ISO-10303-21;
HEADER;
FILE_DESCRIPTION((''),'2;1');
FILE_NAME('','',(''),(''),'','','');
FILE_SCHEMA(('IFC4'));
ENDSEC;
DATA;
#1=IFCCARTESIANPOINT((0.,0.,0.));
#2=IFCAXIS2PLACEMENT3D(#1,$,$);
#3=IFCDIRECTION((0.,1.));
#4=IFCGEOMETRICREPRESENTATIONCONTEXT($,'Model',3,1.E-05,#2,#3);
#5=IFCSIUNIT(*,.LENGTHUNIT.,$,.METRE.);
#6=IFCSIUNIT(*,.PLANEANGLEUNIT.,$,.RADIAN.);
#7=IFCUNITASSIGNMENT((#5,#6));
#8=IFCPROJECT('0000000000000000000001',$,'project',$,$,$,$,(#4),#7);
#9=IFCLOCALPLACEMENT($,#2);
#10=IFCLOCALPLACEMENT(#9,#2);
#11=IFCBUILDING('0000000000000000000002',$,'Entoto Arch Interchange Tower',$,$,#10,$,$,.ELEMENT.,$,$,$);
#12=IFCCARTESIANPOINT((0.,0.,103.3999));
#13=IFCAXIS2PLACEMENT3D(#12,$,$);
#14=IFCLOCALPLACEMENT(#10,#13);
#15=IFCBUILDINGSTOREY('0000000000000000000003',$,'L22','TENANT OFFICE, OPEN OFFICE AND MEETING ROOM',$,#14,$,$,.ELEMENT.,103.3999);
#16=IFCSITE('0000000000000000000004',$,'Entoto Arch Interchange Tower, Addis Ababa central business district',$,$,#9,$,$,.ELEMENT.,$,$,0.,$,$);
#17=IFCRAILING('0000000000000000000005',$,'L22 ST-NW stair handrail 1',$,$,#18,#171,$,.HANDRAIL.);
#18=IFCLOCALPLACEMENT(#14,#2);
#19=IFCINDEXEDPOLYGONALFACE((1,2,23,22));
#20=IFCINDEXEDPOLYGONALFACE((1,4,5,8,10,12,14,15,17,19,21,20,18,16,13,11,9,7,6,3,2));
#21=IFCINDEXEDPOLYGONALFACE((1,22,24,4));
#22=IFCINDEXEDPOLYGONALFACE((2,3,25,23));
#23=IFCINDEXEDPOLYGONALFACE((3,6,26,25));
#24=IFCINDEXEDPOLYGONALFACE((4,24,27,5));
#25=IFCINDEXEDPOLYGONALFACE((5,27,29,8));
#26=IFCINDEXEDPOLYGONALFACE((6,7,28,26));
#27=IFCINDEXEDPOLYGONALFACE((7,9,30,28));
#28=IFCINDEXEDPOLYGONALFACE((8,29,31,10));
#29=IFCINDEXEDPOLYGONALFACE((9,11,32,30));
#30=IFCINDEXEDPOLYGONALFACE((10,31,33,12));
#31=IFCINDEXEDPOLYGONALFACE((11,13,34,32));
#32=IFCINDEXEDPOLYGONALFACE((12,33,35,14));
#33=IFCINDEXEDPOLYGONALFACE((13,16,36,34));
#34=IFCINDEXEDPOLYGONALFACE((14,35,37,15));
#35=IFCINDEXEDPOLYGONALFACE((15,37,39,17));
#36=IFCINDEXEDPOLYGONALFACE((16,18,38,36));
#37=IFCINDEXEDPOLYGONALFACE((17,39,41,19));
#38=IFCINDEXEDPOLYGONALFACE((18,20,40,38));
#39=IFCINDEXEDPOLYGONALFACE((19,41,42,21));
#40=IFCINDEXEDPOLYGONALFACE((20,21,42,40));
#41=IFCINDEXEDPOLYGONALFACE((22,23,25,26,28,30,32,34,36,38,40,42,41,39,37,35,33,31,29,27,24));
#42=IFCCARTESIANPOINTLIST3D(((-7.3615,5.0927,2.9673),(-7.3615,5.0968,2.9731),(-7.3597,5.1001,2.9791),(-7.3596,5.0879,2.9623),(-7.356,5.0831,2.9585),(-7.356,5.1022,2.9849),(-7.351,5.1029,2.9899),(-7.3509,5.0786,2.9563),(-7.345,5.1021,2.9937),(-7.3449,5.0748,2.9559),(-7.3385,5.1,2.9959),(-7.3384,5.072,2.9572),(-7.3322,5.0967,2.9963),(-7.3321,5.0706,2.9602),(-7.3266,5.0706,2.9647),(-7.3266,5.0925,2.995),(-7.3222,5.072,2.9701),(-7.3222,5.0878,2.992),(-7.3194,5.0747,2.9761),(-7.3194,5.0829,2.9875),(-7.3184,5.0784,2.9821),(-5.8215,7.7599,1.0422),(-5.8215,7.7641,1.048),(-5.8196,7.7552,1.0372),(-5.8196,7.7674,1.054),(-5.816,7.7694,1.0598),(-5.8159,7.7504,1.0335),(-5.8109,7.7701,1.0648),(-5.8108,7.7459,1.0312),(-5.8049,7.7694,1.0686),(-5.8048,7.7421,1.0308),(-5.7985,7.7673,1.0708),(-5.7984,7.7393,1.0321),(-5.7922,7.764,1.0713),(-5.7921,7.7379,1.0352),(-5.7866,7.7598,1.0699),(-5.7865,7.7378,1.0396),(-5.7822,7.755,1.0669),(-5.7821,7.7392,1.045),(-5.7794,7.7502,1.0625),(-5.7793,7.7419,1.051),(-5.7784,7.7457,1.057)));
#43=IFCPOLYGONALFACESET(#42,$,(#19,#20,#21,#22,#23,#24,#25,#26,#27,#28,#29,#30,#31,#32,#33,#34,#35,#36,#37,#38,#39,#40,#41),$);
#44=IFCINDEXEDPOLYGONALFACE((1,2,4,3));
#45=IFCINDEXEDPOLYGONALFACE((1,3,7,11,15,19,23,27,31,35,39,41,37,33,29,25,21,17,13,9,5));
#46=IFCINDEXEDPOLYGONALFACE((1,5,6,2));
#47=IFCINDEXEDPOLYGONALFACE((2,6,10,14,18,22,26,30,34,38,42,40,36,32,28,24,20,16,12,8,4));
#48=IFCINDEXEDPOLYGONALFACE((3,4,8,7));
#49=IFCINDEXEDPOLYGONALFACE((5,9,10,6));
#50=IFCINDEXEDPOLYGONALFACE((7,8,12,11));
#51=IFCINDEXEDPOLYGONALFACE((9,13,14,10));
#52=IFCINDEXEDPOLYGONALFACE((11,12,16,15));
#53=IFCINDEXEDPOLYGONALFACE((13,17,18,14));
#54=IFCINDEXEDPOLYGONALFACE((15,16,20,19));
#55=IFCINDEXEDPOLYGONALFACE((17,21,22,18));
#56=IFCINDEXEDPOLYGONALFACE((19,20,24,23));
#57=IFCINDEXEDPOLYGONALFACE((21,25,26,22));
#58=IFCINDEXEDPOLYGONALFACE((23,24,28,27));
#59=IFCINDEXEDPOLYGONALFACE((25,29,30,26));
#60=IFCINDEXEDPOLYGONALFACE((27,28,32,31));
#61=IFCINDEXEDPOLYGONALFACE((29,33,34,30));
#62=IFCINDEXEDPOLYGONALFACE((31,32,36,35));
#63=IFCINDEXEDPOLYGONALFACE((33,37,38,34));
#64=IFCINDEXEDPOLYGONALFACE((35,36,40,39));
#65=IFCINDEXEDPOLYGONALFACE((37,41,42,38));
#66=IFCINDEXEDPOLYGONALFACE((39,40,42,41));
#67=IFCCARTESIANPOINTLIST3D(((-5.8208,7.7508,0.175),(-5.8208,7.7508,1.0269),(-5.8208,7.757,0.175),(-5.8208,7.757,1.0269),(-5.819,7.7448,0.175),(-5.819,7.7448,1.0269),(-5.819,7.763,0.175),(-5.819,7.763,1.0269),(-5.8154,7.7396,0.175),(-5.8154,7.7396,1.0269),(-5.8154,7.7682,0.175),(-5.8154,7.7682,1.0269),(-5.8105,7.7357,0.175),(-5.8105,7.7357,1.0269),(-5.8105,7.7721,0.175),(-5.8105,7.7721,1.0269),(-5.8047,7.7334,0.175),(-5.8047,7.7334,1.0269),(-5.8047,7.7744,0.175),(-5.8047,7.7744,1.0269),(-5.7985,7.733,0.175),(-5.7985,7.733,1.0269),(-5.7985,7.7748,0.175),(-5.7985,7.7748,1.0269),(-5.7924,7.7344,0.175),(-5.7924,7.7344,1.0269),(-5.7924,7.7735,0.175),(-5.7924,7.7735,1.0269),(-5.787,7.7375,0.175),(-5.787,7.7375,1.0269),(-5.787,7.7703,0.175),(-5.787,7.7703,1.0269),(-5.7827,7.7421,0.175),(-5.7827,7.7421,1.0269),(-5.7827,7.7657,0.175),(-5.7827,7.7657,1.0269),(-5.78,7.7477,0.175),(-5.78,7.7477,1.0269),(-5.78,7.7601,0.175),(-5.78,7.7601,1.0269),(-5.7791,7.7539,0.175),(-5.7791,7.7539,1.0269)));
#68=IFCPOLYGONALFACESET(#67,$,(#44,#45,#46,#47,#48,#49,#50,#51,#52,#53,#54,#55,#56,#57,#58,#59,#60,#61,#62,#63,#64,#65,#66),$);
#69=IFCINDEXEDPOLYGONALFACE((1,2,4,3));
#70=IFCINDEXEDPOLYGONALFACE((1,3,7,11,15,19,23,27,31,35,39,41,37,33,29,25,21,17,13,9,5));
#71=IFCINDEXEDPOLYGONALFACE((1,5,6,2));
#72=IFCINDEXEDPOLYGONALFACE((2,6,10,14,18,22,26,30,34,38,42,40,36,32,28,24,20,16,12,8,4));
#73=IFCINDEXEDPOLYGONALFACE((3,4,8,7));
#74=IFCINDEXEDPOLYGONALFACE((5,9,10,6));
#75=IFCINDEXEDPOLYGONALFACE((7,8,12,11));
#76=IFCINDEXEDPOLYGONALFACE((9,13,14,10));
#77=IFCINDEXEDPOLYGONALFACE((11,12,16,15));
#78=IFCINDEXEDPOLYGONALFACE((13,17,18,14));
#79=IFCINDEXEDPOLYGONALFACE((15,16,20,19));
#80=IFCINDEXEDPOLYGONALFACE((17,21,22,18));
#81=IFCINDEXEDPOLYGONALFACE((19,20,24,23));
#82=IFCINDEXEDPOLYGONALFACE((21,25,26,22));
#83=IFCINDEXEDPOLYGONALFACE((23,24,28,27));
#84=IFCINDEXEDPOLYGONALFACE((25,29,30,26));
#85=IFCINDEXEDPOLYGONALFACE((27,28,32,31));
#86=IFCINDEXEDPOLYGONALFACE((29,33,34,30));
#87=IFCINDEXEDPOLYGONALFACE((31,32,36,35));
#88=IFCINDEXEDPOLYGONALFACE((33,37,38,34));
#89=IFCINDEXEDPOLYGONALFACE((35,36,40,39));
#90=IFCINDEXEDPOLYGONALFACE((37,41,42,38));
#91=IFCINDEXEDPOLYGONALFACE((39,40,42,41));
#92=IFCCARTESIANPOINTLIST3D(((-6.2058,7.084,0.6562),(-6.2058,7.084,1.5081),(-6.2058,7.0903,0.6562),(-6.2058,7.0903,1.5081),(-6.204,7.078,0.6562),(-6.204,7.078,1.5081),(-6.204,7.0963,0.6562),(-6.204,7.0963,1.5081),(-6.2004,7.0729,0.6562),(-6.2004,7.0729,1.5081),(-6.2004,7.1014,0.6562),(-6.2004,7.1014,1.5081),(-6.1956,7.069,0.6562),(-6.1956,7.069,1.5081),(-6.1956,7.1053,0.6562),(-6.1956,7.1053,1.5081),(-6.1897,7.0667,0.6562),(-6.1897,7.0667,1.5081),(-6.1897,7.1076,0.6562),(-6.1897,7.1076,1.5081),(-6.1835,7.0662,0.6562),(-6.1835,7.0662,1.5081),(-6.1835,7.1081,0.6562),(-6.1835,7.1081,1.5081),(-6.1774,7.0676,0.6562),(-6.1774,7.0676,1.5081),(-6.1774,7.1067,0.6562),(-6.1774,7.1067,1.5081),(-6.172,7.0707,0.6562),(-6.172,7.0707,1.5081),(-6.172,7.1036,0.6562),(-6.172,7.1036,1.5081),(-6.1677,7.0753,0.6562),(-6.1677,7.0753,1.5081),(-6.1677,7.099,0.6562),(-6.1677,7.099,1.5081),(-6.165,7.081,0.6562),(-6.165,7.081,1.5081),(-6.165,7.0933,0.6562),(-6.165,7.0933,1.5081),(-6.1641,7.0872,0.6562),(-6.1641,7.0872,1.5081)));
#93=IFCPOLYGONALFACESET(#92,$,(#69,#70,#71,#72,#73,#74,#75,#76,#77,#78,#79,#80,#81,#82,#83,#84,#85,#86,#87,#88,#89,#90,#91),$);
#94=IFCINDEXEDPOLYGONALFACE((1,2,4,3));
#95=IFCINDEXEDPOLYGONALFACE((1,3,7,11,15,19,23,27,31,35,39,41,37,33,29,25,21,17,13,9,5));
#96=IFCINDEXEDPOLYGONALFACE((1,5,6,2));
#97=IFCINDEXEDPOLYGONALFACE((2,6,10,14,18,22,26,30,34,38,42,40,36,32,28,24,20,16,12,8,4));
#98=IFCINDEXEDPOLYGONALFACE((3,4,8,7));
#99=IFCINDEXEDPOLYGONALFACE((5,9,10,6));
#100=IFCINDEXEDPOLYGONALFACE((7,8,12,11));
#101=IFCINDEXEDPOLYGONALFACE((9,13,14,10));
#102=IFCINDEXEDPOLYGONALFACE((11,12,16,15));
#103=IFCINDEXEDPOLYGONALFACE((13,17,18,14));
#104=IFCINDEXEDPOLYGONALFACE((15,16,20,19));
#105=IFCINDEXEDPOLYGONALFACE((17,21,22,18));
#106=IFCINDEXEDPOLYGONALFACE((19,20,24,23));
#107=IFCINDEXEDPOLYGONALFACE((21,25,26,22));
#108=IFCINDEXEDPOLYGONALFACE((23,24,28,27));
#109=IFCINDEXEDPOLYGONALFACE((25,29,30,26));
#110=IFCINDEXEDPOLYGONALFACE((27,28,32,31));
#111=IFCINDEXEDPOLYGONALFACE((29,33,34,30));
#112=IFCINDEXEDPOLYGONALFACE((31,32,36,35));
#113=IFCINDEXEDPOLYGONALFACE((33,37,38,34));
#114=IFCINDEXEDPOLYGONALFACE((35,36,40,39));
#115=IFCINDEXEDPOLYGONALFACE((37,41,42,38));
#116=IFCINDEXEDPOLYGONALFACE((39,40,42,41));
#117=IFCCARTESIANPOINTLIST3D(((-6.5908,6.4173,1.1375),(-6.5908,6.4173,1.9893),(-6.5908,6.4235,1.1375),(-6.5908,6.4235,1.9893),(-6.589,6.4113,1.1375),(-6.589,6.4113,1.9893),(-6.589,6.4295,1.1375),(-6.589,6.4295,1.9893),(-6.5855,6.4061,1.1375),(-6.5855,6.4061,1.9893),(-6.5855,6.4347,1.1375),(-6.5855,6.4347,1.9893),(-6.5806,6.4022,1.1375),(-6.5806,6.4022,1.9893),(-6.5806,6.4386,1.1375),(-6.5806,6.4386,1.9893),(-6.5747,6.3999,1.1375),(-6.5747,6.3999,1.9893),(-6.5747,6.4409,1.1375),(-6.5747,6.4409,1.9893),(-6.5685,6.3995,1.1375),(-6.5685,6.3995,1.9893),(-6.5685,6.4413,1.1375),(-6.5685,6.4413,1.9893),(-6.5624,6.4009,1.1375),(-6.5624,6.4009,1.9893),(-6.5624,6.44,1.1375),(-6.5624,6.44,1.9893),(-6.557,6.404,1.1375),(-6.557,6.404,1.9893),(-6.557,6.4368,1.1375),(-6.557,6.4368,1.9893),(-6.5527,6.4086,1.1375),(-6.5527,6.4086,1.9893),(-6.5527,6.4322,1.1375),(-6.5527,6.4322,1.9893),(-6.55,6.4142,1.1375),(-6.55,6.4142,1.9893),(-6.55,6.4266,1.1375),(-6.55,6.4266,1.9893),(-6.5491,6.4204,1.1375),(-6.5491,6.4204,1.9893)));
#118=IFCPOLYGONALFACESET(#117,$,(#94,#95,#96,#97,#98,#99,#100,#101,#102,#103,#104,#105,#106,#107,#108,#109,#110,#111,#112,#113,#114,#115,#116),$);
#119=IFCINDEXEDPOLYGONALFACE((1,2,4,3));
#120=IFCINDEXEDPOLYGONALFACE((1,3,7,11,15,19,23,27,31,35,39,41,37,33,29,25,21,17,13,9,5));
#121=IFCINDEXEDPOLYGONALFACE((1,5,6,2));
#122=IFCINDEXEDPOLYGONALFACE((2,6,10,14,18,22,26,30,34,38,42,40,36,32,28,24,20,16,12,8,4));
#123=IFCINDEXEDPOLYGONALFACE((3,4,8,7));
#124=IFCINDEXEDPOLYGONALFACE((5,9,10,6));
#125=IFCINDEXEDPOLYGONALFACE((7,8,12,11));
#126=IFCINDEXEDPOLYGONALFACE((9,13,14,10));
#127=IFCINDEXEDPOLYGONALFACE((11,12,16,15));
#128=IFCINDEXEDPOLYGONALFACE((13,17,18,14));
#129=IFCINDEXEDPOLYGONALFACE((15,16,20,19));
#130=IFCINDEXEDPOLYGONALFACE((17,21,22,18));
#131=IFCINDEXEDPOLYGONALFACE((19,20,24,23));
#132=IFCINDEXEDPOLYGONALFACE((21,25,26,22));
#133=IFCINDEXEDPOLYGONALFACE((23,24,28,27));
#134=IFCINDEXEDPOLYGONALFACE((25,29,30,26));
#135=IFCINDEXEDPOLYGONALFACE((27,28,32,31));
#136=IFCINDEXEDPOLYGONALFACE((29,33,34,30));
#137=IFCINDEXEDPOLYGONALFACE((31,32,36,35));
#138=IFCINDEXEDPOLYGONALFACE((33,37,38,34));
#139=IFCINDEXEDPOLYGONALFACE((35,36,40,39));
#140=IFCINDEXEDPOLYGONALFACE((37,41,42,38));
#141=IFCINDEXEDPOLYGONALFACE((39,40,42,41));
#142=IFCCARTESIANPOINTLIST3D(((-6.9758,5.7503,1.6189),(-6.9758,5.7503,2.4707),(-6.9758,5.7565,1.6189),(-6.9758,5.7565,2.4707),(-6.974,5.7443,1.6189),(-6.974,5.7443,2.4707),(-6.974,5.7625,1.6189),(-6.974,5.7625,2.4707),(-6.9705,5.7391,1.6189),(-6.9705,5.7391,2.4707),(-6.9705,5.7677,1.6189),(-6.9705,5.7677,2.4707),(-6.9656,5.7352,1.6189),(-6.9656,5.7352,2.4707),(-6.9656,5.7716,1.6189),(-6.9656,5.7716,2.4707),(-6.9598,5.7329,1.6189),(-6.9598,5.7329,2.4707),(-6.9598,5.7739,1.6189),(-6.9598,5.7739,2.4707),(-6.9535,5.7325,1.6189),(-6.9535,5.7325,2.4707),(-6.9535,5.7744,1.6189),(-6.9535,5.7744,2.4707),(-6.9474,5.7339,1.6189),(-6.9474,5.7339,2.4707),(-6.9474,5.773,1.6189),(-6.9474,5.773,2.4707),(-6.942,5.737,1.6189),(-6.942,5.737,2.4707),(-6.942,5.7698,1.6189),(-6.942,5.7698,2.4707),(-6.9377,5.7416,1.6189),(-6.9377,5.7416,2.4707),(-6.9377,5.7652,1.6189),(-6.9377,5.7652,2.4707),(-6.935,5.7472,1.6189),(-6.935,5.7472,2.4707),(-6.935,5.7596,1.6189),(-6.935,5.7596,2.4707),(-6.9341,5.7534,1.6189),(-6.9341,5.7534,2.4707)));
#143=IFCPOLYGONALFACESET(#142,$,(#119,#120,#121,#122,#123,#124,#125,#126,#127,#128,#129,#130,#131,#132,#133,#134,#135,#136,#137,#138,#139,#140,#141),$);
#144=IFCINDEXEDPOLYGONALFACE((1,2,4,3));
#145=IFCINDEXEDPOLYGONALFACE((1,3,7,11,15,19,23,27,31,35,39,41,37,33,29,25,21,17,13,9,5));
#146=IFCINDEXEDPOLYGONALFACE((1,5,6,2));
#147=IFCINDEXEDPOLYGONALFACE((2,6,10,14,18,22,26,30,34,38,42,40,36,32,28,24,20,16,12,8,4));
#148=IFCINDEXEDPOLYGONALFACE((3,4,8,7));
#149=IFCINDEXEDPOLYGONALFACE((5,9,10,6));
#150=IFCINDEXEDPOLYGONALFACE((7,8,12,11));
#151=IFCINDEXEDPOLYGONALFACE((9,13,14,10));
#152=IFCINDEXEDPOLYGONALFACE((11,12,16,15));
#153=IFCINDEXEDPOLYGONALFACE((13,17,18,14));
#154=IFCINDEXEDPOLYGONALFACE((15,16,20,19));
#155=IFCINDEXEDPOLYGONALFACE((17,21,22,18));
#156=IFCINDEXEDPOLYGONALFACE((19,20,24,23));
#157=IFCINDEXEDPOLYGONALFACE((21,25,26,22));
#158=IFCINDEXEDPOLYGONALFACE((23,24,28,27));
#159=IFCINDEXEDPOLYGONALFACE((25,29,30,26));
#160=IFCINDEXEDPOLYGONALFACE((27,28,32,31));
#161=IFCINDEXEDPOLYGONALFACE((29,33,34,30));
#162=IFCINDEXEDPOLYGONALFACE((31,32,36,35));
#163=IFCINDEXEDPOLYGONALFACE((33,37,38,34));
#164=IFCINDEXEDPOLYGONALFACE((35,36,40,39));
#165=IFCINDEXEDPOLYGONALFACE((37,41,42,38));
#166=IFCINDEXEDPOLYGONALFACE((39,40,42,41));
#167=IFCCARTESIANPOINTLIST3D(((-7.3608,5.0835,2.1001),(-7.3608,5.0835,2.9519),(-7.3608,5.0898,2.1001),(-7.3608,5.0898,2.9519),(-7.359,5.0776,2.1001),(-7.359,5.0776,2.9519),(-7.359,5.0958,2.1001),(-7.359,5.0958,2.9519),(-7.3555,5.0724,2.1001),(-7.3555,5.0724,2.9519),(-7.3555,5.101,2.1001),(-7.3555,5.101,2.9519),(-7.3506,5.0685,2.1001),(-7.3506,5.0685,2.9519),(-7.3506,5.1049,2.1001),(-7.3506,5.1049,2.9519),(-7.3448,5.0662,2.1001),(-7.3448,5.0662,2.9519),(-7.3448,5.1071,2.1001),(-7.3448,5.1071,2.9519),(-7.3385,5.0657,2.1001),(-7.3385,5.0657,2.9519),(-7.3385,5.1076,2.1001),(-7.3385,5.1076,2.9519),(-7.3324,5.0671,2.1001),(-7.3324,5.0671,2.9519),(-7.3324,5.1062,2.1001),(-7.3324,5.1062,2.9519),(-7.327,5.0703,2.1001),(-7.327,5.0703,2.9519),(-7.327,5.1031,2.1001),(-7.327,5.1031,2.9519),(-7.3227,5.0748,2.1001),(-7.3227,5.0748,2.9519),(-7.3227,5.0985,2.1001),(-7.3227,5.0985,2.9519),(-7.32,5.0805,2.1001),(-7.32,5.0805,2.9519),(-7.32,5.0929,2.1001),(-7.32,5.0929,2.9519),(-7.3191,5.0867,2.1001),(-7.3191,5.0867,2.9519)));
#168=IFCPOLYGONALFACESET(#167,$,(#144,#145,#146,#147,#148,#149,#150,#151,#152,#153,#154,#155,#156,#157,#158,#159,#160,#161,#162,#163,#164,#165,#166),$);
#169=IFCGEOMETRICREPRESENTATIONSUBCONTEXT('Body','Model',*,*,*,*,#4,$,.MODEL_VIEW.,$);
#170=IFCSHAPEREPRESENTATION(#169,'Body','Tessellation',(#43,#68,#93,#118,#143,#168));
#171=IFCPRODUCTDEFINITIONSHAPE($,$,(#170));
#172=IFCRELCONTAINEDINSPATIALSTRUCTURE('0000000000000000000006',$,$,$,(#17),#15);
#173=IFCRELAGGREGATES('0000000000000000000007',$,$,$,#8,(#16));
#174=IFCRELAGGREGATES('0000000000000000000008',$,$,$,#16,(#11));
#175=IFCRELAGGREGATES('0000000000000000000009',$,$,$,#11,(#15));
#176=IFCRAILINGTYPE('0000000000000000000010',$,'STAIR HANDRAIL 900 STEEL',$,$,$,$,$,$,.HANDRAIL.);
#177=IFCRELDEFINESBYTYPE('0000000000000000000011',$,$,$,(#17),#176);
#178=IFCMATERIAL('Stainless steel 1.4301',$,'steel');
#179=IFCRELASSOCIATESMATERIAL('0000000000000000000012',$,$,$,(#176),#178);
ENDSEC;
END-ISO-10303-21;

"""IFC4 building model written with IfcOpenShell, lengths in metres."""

from ifc_helpers import new_model, si_unit, direction, frame, origin, origin_2d, place, context, subcontext, project, spatial, circle, extrude, material, type_object, element, save


model = new_model("IFC4")

# Units and contexts
model_context = context("Model", 3, precision=1e-05, world=origin(), true_north=direction((0.0, 1.0)))
body_context = subcontext(model_context, "Body", "Model", "MODEL_VIEW")
ifc_project = project(units=[si_unit("LENGTHUNIT", "METRE"), si_unit("PLANEANGLEUNIT", "RADIAN")], contexts=[model_context])

# Site, building, storey
site_placement = place(None, origin())
site = spatial("IfcSite", under=ifc_project, at=site_placement, Name="Entoto Arch Interchange Tower, Addis Ababa central business district", CompositionType="ELEMENT", RefElevation=0.0)
building_placement = place(site_placement, origin())
building = spatial("IfcBuilding", under=site, at=building_placement, Name="Entoto Arch Interchange Tower", CompositionType="ELEMENT")
storey_placement = place(building_placement, frame((0.0, 0.0, 103.3999)))
storey = spatial("IfcBuildingStorey", under=building, at=storey_placement, Name="L22", Description="TENANT OFFICE, OPEN OFFICE AND MEETING ROOM", CompositionType="ELEMENT", Elevation=103.3999)

# Railing
ifc_material_1 = material(Name="Stainless steel 1.4301", Category="steel")
railing_type = type_object("IfcRailingType", Name="STAIR HANDRAIL 900 STEEL", PredefinedType="HANDRAIL", material=ifc_material_1)
railing_placement = place(storey_placement, frame((-5.8, 7.7539, 0.175)))
element("IfcRailing", 1, at=railing_placement, inside=storey, type_object=railing_type, Name="L22 ST-NW stair handrail 1", PredefinedType="HANDRAIL", context=body_context, shape_type="SweptSolid", body=[
    extrude(circle(Radius=0.0239, at=origin_2d()), frame((0.0, 0.0, 0.876), z_axis=(-0.424015, -0.734364, 0.530019), x_axis=(0.86601, -0.500027, 0.0)), (0.0, 0.0, 1.0), 3.6321),
    extrude(circle(Radius=0.021, at=origin_2d()), origin(), (0.0, 0.0, 1.0), 0.8518),
    extrude(circle(Radius=0.021, at=origin_2d()), frame((-0.385, -0.6667, 0.4812)), (0.0, 0.0, 1.0), 0.8518),
    extrude(circle(Radius=0.021, at=origin_2d()), frame((-0.77, -1.3335, 0.9624)), (0.0, 0.0, 1.0), 0.8518),
    extrude(circle(Radius=0.021, at=origin_2d()), frame((-1.155, -2.0005, 1.4438)), (0.0, 0.0, 1.0), 0.8518),
    extrude(circle(Radius=0.021, at=origin_2d()), frame((-1.54, -2.6672, 1.925)), (0.0, 0.0, 1.0), 0.8518),
])

save(model, "model.ifc")
